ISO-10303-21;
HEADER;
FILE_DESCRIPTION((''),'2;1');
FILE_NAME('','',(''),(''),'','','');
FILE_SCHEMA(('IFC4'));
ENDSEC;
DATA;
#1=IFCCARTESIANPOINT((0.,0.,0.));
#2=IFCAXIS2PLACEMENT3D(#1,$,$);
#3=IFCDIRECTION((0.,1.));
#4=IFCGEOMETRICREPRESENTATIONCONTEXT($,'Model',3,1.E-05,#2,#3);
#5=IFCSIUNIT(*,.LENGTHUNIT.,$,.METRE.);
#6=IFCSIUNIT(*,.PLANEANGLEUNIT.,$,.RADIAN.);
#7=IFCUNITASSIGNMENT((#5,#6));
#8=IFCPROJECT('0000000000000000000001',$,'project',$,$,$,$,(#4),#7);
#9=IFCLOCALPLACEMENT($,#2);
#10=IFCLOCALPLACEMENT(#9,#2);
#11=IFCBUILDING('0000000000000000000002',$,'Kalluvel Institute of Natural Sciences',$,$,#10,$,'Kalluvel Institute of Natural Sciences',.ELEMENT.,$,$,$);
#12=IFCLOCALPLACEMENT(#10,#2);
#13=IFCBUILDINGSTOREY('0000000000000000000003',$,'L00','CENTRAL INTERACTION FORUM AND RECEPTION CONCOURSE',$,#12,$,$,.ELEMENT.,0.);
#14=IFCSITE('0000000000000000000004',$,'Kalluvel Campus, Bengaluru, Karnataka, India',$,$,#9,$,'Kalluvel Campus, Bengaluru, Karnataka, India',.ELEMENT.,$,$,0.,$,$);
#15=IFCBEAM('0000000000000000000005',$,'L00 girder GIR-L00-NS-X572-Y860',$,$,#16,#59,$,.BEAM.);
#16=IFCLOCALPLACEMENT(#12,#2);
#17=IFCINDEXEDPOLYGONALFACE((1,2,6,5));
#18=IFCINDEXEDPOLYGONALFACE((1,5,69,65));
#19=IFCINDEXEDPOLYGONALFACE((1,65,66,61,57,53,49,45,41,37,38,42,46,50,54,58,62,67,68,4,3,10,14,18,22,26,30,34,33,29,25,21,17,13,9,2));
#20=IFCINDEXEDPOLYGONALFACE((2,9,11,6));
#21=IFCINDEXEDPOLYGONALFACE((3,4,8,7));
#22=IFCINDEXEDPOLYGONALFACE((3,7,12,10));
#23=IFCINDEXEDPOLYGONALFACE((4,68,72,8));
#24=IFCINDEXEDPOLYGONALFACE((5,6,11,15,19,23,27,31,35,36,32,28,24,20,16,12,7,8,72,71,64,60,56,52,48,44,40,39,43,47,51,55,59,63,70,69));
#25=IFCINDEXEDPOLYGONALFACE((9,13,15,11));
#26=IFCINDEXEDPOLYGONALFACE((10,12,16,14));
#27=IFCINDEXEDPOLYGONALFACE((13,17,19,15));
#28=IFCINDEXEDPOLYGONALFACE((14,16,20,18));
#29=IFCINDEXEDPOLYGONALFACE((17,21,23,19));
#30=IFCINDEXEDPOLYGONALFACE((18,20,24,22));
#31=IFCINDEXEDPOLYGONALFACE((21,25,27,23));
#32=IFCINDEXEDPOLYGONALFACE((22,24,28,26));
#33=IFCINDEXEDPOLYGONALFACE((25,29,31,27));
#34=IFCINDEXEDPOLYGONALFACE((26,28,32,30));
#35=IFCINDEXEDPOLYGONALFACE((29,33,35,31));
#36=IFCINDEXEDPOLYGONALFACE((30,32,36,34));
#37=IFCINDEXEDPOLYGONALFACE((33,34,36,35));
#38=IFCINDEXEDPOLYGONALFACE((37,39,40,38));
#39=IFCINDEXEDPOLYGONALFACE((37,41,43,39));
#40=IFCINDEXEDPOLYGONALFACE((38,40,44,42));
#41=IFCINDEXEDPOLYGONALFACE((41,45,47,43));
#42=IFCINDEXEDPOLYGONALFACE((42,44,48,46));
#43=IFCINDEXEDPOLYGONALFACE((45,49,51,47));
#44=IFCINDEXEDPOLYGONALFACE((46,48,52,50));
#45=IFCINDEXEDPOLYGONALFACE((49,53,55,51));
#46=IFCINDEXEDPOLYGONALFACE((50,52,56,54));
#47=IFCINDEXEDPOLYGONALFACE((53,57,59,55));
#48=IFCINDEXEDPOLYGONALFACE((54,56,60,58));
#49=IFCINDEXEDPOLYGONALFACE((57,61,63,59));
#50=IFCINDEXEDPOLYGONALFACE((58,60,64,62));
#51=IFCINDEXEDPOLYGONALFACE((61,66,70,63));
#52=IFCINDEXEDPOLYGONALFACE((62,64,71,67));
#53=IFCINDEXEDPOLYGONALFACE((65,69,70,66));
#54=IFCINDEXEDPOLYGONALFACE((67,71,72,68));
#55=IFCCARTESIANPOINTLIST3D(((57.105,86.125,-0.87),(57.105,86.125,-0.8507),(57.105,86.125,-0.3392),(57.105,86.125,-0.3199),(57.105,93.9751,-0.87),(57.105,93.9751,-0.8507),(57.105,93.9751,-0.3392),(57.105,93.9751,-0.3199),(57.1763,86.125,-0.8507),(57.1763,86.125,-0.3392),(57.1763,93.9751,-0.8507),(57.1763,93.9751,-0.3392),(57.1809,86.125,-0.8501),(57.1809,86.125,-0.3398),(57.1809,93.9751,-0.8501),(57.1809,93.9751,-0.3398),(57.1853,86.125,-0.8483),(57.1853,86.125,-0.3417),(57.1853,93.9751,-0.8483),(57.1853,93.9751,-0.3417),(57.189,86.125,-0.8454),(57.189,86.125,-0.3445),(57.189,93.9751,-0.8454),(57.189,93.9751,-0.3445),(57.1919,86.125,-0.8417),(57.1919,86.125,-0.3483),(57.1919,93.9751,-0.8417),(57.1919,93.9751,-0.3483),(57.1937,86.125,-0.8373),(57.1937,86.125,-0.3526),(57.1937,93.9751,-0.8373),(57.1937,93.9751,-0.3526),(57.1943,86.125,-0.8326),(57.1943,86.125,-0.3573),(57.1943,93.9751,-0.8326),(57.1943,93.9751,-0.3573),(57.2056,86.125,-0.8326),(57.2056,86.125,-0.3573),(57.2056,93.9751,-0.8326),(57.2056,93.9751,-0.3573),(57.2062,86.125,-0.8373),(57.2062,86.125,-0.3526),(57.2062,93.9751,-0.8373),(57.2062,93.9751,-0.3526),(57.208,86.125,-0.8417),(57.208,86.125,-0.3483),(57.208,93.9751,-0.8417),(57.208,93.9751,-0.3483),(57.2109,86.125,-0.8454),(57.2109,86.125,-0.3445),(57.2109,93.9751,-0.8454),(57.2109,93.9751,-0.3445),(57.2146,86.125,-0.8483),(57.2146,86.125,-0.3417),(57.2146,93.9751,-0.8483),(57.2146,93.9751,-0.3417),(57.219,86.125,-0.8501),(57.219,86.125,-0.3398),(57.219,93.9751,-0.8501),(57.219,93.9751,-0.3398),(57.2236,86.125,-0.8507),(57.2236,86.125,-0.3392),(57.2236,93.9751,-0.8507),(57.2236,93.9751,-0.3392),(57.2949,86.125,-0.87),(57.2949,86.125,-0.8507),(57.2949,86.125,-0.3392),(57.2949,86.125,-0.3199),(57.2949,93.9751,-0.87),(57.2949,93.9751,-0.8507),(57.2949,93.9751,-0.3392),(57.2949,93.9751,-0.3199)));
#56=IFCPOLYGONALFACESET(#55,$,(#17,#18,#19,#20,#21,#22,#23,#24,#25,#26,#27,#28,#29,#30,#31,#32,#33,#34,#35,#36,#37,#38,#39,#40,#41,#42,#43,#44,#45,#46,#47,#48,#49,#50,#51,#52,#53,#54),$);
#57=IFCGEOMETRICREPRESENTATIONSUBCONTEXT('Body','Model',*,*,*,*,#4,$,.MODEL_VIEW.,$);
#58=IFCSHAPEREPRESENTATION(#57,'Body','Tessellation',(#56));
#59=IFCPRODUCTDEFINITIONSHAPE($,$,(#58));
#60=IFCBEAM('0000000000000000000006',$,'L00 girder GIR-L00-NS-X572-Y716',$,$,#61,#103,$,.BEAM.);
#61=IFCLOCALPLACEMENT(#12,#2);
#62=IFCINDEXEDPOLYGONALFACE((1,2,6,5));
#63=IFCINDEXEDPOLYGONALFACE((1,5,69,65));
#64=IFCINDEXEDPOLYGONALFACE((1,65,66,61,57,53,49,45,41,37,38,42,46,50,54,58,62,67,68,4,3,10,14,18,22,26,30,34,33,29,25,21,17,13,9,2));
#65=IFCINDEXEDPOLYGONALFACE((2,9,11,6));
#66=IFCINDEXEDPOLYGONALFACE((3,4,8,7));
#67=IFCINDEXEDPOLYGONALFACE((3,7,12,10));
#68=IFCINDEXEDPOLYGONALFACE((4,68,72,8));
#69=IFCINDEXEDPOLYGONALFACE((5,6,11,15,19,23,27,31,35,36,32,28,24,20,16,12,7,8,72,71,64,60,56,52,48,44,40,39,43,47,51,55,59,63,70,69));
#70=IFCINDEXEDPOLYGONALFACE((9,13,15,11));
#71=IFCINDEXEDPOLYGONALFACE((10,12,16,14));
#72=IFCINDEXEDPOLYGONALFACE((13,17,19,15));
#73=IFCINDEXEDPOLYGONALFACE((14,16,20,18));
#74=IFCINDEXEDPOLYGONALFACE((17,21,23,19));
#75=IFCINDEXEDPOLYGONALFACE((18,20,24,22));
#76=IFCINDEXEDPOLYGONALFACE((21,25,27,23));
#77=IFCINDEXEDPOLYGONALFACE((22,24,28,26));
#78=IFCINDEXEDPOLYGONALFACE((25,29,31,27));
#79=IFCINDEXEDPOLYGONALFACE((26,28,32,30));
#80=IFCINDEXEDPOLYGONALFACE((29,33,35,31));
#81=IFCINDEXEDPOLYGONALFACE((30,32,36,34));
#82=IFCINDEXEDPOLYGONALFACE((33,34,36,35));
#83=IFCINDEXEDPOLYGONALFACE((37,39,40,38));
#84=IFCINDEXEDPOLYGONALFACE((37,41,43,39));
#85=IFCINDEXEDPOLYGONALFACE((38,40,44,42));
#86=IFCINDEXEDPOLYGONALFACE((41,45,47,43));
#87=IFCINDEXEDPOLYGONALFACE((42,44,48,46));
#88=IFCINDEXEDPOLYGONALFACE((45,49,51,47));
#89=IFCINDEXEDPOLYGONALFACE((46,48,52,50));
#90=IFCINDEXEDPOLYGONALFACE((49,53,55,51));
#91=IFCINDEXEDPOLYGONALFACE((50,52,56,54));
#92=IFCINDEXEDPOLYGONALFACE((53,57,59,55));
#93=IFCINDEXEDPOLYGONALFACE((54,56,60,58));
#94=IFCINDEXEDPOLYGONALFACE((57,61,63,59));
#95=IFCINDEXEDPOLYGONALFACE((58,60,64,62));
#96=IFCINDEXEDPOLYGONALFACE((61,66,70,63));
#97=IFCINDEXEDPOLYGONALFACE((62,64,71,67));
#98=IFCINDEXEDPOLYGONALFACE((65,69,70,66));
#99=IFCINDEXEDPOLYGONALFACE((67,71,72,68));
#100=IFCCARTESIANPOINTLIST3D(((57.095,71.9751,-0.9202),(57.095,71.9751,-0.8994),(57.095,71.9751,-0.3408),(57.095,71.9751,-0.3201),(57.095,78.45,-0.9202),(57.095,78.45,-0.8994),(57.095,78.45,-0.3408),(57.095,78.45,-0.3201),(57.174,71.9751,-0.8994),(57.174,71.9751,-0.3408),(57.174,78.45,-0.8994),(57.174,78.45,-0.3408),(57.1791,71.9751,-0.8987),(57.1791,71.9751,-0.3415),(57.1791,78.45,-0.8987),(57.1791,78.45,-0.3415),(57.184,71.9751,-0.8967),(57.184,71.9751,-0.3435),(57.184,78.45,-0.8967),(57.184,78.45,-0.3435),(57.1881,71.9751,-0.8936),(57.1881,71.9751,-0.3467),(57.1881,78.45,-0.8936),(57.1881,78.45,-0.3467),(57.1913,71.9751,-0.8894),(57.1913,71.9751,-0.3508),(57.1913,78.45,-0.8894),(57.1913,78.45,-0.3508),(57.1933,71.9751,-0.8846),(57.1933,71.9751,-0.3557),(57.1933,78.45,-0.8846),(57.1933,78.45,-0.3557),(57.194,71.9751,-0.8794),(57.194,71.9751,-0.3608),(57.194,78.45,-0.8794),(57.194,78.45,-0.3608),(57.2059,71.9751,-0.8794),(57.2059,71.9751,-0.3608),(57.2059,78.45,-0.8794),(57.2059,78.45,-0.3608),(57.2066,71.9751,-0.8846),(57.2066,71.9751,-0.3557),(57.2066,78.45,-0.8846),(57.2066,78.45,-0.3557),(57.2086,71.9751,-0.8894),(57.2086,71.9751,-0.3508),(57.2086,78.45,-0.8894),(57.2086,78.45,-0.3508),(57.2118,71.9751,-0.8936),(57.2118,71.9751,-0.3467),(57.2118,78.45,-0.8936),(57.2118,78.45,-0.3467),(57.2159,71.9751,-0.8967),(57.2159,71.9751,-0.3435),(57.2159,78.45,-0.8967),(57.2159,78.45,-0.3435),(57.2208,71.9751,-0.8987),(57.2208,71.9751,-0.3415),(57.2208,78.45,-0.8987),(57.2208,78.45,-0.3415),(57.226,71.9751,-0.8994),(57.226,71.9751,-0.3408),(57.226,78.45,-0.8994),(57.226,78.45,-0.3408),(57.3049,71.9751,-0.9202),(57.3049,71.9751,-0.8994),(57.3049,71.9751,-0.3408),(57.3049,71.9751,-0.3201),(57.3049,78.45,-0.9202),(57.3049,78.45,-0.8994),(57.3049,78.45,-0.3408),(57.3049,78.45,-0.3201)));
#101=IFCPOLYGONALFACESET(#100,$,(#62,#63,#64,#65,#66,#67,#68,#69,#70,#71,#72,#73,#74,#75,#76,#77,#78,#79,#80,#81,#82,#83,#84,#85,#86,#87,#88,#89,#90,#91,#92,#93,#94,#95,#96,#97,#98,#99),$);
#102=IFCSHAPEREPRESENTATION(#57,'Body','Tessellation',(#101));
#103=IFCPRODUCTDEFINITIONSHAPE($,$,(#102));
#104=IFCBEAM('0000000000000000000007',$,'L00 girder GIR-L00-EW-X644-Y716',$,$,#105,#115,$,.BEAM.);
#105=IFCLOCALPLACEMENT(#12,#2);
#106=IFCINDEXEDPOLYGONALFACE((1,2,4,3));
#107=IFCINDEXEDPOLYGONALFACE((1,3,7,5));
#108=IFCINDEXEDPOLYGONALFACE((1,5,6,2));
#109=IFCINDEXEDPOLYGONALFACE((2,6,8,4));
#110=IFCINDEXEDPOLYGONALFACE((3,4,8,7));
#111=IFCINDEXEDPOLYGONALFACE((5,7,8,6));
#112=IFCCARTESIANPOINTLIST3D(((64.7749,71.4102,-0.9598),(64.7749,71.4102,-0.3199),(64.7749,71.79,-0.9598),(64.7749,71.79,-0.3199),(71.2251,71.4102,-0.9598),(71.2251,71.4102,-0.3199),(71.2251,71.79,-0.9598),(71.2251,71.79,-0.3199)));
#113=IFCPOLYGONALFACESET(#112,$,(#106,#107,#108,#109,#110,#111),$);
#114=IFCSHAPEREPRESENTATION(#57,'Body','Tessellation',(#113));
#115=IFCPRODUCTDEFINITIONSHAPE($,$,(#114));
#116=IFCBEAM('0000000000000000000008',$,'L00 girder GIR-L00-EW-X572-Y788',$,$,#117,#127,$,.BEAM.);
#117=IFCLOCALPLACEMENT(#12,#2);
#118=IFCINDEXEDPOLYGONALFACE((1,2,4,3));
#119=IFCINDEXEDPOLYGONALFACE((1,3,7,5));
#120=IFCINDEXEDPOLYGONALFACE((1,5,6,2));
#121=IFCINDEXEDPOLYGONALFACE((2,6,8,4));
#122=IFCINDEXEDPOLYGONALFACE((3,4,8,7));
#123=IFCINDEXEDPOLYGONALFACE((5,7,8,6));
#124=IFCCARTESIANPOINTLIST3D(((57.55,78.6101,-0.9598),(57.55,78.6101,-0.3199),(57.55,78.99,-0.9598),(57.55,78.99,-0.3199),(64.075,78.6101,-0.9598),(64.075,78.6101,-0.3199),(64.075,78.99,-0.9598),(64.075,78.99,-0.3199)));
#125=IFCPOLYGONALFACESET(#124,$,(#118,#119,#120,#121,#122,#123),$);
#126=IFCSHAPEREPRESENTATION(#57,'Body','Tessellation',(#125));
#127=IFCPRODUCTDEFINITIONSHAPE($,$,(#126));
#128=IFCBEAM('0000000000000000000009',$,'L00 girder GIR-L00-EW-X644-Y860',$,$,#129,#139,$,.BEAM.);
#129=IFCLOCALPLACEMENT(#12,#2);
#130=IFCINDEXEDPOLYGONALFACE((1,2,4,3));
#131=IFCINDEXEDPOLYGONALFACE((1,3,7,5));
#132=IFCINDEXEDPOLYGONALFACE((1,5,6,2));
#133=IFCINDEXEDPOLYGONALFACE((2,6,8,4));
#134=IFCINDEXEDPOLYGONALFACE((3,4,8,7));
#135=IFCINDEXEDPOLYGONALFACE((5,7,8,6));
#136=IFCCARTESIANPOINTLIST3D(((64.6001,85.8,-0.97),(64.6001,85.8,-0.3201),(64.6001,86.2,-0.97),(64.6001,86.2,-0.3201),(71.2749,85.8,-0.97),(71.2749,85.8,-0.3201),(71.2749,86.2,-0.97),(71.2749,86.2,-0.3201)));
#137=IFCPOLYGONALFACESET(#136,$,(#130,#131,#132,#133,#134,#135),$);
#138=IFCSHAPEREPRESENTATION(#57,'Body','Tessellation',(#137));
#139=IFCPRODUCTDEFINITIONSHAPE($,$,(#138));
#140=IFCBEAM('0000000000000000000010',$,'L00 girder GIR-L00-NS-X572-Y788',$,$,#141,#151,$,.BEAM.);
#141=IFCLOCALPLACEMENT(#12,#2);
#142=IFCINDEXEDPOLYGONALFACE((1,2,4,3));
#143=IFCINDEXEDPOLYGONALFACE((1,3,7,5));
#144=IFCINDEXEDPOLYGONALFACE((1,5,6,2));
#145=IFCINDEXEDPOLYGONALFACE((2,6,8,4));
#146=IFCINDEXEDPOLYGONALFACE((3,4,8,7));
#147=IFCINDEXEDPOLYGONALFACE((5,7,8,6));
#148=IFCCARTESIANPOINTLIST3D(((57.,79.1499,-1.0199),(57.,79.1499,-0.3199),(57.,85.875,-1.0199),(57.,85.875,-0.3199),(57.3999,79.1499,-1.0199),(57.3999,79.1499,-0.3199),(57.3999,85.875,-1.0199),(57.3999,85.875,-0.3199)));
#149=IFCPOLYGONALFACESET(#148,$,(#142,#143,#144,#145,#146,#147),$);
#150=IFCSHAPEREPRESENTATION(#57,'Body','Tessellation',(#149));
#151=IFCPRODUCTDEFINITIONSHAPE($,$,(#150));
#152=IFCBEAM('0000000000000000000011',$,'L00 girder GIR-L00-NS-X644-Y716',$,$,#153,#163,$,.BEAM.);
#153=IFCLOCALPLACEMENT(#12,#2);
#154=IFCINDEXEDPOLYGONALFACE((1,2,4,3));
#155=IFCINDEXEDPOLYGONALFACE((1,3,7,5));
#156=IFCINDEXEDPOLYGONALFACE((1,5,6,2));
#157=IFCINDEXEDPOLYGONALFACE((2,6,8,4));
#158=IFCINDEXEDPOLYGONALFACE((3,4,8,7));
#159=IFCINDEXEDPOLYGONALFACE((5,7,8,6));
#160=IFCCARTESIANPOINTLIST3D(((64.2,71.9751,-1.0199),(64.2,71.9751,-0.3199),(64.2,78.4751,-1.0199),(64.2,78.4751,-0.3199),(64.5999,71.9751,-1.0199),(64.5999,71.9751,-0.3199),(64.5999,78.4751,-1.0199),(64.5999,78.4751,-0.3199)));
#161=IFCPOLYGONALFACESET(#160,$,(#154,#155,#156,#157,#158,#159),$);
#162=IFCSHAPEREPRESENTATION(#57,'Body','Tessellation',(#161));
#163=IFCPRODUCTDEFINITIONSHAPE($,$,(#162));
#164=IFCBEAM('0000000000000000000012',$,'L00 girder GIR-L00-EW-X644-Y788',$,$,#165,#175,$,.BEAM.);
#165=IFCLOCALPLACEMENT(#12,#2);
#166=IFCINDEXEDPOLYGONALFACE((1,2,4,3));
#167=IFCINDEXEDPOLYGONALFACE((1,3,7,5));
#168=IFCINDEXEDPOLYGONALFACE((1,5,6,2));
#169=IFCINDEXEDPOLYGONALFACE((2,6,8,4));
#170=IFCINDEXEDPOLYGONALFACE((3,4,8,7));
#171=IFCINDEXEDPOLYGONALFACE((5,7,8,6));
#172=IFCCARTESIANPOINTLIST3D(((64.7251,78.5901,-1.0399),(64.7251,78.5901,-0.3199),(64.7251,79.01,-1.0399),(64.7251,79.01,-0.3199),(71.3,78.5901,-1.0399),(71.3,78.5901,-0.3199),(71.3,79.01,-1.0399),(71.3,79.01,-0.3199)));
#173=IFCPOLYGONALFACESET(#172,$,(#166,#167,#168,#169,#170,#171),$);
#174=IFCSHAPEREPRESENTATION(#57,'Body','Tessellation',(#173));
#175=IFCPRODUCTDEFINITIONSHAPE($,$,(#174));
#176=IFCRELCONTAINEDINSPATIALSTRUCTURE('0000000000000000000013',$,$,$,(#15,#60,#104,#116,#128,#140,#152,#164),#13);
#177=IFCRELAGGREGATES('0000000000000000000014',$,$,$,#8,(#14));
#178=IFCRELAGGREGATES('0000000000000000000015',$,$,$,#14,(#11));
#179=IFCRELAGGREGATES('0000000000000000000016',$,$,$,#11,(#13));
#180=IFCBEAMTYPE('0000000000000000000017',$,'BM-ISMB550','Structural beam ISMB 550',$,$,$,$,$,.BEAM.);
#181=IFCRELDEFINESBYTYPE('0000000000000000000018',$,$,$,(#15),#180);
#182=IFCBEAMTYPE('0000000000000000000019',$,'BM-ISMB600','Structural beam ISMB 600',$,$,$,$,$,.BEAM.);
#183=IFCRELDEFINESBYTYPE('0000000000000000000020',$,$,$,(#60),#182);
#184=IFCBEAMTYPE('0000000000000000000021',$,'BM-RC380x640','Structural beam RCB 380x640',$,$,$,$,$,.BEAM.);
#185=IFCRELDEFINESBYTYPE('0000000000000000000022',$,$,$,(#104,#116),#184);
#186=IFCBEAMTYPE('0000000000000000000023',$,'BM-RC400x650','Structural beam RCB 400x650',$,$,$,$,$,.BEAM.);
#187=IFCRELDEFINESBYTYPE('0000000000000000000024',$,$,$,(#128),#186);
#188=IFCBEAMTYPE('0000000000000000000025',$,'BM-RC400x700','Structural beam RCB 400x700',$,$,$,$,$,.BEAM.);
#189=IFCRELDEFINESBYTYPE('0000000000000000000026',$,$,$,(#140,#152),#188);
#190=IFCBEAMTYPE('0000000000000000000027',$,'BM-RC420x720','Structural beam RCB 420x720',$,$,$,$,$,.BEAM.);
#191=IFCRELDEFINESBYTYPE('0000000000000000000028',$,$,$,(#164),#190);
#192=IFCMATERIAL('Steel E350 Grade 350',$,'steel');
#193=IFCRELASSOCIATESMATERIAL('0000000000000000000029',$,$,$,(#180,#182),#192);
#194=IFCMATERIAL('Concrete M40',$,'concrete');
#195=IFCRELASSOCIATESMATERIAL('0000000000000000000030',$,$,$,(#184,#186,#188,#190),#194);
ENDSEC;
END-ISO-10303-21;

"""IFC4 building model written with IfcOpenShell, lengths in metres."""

from ifc_helpers import new_model, si_unit, direction, frame, origin, origin_2d, place, context, subcontext, project, spatial, rectangle, i_section, extrude, material, material_profile, profile_set, type_object, element, save


model = new_model("IFC4")

# Units and contexts
model_context = context("Model", 3, precision=1e-05, world=origin(), true_north=direction((0.0, 1.0)))
body_context = subcontext(model_context, "Body", "Model", "MODEL_VIEW")
ifc_project = project(units=[si_unit("LENGTHUNIT", "METRE"), si_unit("PLANEANGLEUNIT", "RADIAN")], contexts=[model_context])

# Site, building, storey
site_placement = place(None, origin())
site = spatial("IfcSite", under=ifc_project, at=site_placement, Name="Kalluvel Campus, Bengaluru, Karnataka, India", LongName="Kalluvel Campus, Bengaluru, Karnataka, India", CompositionType="ELEMENT", RefElevation=0.0)
building_placement = place(site_placement, origin())
building = spatial("IfcBuilding", under=site, at=building_placement, Name="Kalluvel Institute of Natural Sciences", LongName="Kalluvel Institute of Natural Sciences", CompositionType="ELEMENT")
storey_placement = place(building_placement, origin())
storey = spatial("IfcBuildingStorey", under=building, at=storey_placement, Name="L00", Description="CENTRAL INTERACTION FORUM AND RECEPTION CONCOURSE", CompositionType="ELEMENT", Elevation=0.0)

# Shared definitions
ifc_material_1 = material(Name="Concrete M40", Category="concrete")

# Beams
ifc_material_2 = material(Name="Steel E350 Grade 350", Category="steel")
ifc_material_profile_1 = material_profile(ifc_material_2, i_section(OverallWidth=0.1899, OverallDepth=0.55, WebThickness=0.0112, FlangeThickness=0.0193, FilletRadius=0.0181, at=origin_2d()), Name="ISMB 550")
ifc_profile_set_1 = profile_set([ifc_material_profile_1], Name="Steel E350 Grade 350")
beam_type_1 = type_object("IfcBeamType", Name="BM-ISMB550", Description="Structural beam ISMB 550", PredefinedType="BEAM", material=ifc_profile_set_1)
beam_1_placement = place(storey_placement, frame((57.2, 86.125, -0.595), z_axis=(0.0, 1.0, 0.0), x_axis=(-1.0, 0.0, 0.0)))
element("IfcBeam", 1, at=beam_1_placement, inside=storey, type_object=beam_type_1, Name="L00 girder GIR-L00-NS-X572-Y860", PredefinedType="BEAM", context=body_context, shape_type="SweptSolid", body=[
    extrude(i_section(OverallWidth=0.1899, OverallDepth=0.55, WebThickness=0.0112, FlangeThickness=0.0193, FilletRadius=0.0181, at=origin_2d()), origin(), (0.0, 0.0, 1.0), 7.8501),
])
ifc_material_profile_2 = material_profile(ifc_material_2, i_section(OverallWidth=0.21, OverallDepth=0.6001, WebThickness=0.012, FlangeThickness=0.0208, FilletRadius=0.02, at=origin_2d()), Name="ISMB 600")
ifc_profile_set_2 = profile_set([ifc_material_profile_2], Name="Steel E350 Grade 350")
beam_type_2 = type_object("IfcBeamType", Name="BM-ISMB600", Description="Structural beam ISMB 600", PredefinedType="BEAM", material=ifc_profile_set_2)
beam_2_placement = place(storey_placement, frame((57.2, 71.9751, -0.6201), z_axis=(0.0, 1.0, 0.0), x_axis=(-1.0, 0.0, 0.0)))
element("IfcBeam", 2, at=beam_2_placement, inside=storey, type_object=beam_type_2, Name="L00 girder GIR-L00-NS-X572-Y716", PredefinedType="BEAM", context=body_context, shape_type="SweptSolid", body=[
    extrude(i_section(OverallWidth=0.21, OverallDepth=0.6001, WebThickness=0.012, FlangeThickness=0.0208, FilletRadius=0.02, at=origin_2d()), origin(), (0.0, 0.0, 1.0), 6.4749),
])
ifc_material_profile_3 = material_profile(ifc_material_1, rectangle(XDim=0.3799, YDim=0.6399, at=origin_2d()), Name="RCB 380x640")
ifc_profile_set_3 = profile_set([ifc_material_profile_3], Name="Concrete M40")
beam_type_3 = type_object("IfcBeamType", Name="BM-RC380x640", Description="Structural beam RCB 380x640", PredefinedType="BEAM", material=ifc_profile_set_3)
beam_3_placement = place(storey_placement, frame((64.7749, 71.6001, -0.6399), z_axis=(1.0, 0.0, 0.0), x_axis=(0.0, 1.0, 0.0)))
element("IfcBeam", 3, at=beam_3_placement, inside=storey, type_object=beam_type_3, Name="L00 girder GIR-L00-EW-X644-Y716", PredefinedType="BEAM", context=body_context, shape_type="SweptSolid", body=[
    extrude(rectangle(XDim=0.3799, YDim=0.6399, at=origin_2d()), origin(), (0.0, 0.0, 1.0), 6.4502),
])
beam_4_placement = place(storey_placement, frame((57.55, 78.8, -0.6399), z_axis=(1.0, 0.0, 0.0), x_axis=(0.0, 1.0, 0.0)))
element("IfcBeam", 4, at=beam_4_placement, inside=storey, type_object=beam_type_3, Name="L00 girder GIR-L00-EW-X572-Y788", PredefinedType="BEAM", context=body_context, shape_type="SweptSolid", body=[
    extrude(rectangle(XDim=0.3799, YDim=0.6399, at=origin_2d()), origin(), (0.0, 0.0, 1.0), 6.5249),
])
ifc_material_profile_4 = material_profile(ifc_material_1, rectangle(XDim=0.3999, YDim=0.6499, at=origin_2d()), Name="RCB 400x650")
ifc_profile_set_4 = profile_set([ifc_material_profile_4], Name="Concrete M40")
beam_type_4 = type_object("IfcBeamType", Name="BM-RC400x650", Description="Structural beam RCB 400x650", PredefinedType="BEAM", material=ifc_profile_set_4)
beam_5_placement = place(storey_placement, frame((64.6001, 86.0, -0.645), z_axis=(1.0, 0.0, 0.0), x_axis=(0.0, 1.0, 0.0)))
element("IfcBeam", 5, at=beam_5_placement, inside=storey, type_object=beam_type_4, Name="L00 girder GIR-L00-EW-X644-Y860", PredefinedType="BEAM", context=body_context, shape_type="SweptSolid", body=[
    extrude(rectangle(XDim=0.3999, YDim=0.6499, at=origin_2d()), origin(), (0.0, 0.0, 1.0), 6.6748),
])
ifc_material_profile_5 = material_profile(ifc_material_1, rectangle(XDim=0.3999, YDim=0.7, at=origin_2d()), Name="RCB 400x700")
ifc_profile_set_5 = profile_set([ifc_material_profile_5], Name="Concrete M40")
beam_type_5 = type_object("IfcBeamType", Name="BM-RC400x700", Description="Structural beam RCB 400x700", PredefinedType="BEAM", material=ifc_profile_set_5)
beam_6_placement = place(storey_placement, frame((57.2, 79.1499, -0.6699), z_axis=(0.0, 1.0, 0.0), x_axis=(-1.0, 0.0, 0.0)))
element("IfcBeam", 6, at=beam_6_placement, inside=storey, type_object=beam_type_5, Name="L00 girder GIR-L00-NS-X572-Y788", PredefinedType="BEAM", context=body_context, shape_type="SweptSolid", body=[
    extrude(rectangle(XDim=0.3999, YDim=0.7, at=origin_2d()), origin(), (0.0, 0.0, 1.0), 6.7251),
])
beam_7_placement = place(storey_placement, frame((64.3999, 71.9751, -0.6699), z_axis=(0.0, 1.0, 0.0), x_axis=(-1.0, 0.0, 0.0)))
element("IfcBeam", 7, at=beam_7_placement, inside=storey, type_object=beam_type_5, Name="L00 girder GIR-L00-NS-X644-Y716", PredefinedType="BEAM", context=body_context, shape_type="SweptSolid", body=[
    extrude(rectangle(XDim=0.3999, YDim=0.7, at=origin_2d()), origin(), (0.0, 0.0, 1.0), 6.5),
])
ifc_material_profile_6 = material_profile(ifc_material_1, rectangle(XDim=0.4199, YDim=0.72, at=origin_2d()), Name="RCB 420x720")
ifc_profile_set_6 = profile_set([ifc_material_profile_6], Name="Concrete M40")
beam_type_6 = type_object("IfcBeamType", Name="BM-RC420x720", Description="Structural beam RCB 420x720", PredefinedType="BEAM", material=ifc_profile_set_6)
beam_8_placement = place(storey_placement, frame((64.7251, 78.8, -0.6799), z_axis=(1.0, 0.0, 0.0), x_axis=(0.0, 1.0, 0.0)))
element("IfcBeam", 8, at=beam_8_placement, inside=storey, type_object=beam_type_6, Name="L00 girder GIR-L00-EW-X644-Y788", PredefinedType="BEAM", context=body_context, shape_type="SweptSolid", body=[
    extrude(rectangle(XDim=0.4199, YDim=0.72, at=origin_2d()), origin(), (0.0, 0.0, 1.0), 6.575),
])

save(model, "model.ifc")
